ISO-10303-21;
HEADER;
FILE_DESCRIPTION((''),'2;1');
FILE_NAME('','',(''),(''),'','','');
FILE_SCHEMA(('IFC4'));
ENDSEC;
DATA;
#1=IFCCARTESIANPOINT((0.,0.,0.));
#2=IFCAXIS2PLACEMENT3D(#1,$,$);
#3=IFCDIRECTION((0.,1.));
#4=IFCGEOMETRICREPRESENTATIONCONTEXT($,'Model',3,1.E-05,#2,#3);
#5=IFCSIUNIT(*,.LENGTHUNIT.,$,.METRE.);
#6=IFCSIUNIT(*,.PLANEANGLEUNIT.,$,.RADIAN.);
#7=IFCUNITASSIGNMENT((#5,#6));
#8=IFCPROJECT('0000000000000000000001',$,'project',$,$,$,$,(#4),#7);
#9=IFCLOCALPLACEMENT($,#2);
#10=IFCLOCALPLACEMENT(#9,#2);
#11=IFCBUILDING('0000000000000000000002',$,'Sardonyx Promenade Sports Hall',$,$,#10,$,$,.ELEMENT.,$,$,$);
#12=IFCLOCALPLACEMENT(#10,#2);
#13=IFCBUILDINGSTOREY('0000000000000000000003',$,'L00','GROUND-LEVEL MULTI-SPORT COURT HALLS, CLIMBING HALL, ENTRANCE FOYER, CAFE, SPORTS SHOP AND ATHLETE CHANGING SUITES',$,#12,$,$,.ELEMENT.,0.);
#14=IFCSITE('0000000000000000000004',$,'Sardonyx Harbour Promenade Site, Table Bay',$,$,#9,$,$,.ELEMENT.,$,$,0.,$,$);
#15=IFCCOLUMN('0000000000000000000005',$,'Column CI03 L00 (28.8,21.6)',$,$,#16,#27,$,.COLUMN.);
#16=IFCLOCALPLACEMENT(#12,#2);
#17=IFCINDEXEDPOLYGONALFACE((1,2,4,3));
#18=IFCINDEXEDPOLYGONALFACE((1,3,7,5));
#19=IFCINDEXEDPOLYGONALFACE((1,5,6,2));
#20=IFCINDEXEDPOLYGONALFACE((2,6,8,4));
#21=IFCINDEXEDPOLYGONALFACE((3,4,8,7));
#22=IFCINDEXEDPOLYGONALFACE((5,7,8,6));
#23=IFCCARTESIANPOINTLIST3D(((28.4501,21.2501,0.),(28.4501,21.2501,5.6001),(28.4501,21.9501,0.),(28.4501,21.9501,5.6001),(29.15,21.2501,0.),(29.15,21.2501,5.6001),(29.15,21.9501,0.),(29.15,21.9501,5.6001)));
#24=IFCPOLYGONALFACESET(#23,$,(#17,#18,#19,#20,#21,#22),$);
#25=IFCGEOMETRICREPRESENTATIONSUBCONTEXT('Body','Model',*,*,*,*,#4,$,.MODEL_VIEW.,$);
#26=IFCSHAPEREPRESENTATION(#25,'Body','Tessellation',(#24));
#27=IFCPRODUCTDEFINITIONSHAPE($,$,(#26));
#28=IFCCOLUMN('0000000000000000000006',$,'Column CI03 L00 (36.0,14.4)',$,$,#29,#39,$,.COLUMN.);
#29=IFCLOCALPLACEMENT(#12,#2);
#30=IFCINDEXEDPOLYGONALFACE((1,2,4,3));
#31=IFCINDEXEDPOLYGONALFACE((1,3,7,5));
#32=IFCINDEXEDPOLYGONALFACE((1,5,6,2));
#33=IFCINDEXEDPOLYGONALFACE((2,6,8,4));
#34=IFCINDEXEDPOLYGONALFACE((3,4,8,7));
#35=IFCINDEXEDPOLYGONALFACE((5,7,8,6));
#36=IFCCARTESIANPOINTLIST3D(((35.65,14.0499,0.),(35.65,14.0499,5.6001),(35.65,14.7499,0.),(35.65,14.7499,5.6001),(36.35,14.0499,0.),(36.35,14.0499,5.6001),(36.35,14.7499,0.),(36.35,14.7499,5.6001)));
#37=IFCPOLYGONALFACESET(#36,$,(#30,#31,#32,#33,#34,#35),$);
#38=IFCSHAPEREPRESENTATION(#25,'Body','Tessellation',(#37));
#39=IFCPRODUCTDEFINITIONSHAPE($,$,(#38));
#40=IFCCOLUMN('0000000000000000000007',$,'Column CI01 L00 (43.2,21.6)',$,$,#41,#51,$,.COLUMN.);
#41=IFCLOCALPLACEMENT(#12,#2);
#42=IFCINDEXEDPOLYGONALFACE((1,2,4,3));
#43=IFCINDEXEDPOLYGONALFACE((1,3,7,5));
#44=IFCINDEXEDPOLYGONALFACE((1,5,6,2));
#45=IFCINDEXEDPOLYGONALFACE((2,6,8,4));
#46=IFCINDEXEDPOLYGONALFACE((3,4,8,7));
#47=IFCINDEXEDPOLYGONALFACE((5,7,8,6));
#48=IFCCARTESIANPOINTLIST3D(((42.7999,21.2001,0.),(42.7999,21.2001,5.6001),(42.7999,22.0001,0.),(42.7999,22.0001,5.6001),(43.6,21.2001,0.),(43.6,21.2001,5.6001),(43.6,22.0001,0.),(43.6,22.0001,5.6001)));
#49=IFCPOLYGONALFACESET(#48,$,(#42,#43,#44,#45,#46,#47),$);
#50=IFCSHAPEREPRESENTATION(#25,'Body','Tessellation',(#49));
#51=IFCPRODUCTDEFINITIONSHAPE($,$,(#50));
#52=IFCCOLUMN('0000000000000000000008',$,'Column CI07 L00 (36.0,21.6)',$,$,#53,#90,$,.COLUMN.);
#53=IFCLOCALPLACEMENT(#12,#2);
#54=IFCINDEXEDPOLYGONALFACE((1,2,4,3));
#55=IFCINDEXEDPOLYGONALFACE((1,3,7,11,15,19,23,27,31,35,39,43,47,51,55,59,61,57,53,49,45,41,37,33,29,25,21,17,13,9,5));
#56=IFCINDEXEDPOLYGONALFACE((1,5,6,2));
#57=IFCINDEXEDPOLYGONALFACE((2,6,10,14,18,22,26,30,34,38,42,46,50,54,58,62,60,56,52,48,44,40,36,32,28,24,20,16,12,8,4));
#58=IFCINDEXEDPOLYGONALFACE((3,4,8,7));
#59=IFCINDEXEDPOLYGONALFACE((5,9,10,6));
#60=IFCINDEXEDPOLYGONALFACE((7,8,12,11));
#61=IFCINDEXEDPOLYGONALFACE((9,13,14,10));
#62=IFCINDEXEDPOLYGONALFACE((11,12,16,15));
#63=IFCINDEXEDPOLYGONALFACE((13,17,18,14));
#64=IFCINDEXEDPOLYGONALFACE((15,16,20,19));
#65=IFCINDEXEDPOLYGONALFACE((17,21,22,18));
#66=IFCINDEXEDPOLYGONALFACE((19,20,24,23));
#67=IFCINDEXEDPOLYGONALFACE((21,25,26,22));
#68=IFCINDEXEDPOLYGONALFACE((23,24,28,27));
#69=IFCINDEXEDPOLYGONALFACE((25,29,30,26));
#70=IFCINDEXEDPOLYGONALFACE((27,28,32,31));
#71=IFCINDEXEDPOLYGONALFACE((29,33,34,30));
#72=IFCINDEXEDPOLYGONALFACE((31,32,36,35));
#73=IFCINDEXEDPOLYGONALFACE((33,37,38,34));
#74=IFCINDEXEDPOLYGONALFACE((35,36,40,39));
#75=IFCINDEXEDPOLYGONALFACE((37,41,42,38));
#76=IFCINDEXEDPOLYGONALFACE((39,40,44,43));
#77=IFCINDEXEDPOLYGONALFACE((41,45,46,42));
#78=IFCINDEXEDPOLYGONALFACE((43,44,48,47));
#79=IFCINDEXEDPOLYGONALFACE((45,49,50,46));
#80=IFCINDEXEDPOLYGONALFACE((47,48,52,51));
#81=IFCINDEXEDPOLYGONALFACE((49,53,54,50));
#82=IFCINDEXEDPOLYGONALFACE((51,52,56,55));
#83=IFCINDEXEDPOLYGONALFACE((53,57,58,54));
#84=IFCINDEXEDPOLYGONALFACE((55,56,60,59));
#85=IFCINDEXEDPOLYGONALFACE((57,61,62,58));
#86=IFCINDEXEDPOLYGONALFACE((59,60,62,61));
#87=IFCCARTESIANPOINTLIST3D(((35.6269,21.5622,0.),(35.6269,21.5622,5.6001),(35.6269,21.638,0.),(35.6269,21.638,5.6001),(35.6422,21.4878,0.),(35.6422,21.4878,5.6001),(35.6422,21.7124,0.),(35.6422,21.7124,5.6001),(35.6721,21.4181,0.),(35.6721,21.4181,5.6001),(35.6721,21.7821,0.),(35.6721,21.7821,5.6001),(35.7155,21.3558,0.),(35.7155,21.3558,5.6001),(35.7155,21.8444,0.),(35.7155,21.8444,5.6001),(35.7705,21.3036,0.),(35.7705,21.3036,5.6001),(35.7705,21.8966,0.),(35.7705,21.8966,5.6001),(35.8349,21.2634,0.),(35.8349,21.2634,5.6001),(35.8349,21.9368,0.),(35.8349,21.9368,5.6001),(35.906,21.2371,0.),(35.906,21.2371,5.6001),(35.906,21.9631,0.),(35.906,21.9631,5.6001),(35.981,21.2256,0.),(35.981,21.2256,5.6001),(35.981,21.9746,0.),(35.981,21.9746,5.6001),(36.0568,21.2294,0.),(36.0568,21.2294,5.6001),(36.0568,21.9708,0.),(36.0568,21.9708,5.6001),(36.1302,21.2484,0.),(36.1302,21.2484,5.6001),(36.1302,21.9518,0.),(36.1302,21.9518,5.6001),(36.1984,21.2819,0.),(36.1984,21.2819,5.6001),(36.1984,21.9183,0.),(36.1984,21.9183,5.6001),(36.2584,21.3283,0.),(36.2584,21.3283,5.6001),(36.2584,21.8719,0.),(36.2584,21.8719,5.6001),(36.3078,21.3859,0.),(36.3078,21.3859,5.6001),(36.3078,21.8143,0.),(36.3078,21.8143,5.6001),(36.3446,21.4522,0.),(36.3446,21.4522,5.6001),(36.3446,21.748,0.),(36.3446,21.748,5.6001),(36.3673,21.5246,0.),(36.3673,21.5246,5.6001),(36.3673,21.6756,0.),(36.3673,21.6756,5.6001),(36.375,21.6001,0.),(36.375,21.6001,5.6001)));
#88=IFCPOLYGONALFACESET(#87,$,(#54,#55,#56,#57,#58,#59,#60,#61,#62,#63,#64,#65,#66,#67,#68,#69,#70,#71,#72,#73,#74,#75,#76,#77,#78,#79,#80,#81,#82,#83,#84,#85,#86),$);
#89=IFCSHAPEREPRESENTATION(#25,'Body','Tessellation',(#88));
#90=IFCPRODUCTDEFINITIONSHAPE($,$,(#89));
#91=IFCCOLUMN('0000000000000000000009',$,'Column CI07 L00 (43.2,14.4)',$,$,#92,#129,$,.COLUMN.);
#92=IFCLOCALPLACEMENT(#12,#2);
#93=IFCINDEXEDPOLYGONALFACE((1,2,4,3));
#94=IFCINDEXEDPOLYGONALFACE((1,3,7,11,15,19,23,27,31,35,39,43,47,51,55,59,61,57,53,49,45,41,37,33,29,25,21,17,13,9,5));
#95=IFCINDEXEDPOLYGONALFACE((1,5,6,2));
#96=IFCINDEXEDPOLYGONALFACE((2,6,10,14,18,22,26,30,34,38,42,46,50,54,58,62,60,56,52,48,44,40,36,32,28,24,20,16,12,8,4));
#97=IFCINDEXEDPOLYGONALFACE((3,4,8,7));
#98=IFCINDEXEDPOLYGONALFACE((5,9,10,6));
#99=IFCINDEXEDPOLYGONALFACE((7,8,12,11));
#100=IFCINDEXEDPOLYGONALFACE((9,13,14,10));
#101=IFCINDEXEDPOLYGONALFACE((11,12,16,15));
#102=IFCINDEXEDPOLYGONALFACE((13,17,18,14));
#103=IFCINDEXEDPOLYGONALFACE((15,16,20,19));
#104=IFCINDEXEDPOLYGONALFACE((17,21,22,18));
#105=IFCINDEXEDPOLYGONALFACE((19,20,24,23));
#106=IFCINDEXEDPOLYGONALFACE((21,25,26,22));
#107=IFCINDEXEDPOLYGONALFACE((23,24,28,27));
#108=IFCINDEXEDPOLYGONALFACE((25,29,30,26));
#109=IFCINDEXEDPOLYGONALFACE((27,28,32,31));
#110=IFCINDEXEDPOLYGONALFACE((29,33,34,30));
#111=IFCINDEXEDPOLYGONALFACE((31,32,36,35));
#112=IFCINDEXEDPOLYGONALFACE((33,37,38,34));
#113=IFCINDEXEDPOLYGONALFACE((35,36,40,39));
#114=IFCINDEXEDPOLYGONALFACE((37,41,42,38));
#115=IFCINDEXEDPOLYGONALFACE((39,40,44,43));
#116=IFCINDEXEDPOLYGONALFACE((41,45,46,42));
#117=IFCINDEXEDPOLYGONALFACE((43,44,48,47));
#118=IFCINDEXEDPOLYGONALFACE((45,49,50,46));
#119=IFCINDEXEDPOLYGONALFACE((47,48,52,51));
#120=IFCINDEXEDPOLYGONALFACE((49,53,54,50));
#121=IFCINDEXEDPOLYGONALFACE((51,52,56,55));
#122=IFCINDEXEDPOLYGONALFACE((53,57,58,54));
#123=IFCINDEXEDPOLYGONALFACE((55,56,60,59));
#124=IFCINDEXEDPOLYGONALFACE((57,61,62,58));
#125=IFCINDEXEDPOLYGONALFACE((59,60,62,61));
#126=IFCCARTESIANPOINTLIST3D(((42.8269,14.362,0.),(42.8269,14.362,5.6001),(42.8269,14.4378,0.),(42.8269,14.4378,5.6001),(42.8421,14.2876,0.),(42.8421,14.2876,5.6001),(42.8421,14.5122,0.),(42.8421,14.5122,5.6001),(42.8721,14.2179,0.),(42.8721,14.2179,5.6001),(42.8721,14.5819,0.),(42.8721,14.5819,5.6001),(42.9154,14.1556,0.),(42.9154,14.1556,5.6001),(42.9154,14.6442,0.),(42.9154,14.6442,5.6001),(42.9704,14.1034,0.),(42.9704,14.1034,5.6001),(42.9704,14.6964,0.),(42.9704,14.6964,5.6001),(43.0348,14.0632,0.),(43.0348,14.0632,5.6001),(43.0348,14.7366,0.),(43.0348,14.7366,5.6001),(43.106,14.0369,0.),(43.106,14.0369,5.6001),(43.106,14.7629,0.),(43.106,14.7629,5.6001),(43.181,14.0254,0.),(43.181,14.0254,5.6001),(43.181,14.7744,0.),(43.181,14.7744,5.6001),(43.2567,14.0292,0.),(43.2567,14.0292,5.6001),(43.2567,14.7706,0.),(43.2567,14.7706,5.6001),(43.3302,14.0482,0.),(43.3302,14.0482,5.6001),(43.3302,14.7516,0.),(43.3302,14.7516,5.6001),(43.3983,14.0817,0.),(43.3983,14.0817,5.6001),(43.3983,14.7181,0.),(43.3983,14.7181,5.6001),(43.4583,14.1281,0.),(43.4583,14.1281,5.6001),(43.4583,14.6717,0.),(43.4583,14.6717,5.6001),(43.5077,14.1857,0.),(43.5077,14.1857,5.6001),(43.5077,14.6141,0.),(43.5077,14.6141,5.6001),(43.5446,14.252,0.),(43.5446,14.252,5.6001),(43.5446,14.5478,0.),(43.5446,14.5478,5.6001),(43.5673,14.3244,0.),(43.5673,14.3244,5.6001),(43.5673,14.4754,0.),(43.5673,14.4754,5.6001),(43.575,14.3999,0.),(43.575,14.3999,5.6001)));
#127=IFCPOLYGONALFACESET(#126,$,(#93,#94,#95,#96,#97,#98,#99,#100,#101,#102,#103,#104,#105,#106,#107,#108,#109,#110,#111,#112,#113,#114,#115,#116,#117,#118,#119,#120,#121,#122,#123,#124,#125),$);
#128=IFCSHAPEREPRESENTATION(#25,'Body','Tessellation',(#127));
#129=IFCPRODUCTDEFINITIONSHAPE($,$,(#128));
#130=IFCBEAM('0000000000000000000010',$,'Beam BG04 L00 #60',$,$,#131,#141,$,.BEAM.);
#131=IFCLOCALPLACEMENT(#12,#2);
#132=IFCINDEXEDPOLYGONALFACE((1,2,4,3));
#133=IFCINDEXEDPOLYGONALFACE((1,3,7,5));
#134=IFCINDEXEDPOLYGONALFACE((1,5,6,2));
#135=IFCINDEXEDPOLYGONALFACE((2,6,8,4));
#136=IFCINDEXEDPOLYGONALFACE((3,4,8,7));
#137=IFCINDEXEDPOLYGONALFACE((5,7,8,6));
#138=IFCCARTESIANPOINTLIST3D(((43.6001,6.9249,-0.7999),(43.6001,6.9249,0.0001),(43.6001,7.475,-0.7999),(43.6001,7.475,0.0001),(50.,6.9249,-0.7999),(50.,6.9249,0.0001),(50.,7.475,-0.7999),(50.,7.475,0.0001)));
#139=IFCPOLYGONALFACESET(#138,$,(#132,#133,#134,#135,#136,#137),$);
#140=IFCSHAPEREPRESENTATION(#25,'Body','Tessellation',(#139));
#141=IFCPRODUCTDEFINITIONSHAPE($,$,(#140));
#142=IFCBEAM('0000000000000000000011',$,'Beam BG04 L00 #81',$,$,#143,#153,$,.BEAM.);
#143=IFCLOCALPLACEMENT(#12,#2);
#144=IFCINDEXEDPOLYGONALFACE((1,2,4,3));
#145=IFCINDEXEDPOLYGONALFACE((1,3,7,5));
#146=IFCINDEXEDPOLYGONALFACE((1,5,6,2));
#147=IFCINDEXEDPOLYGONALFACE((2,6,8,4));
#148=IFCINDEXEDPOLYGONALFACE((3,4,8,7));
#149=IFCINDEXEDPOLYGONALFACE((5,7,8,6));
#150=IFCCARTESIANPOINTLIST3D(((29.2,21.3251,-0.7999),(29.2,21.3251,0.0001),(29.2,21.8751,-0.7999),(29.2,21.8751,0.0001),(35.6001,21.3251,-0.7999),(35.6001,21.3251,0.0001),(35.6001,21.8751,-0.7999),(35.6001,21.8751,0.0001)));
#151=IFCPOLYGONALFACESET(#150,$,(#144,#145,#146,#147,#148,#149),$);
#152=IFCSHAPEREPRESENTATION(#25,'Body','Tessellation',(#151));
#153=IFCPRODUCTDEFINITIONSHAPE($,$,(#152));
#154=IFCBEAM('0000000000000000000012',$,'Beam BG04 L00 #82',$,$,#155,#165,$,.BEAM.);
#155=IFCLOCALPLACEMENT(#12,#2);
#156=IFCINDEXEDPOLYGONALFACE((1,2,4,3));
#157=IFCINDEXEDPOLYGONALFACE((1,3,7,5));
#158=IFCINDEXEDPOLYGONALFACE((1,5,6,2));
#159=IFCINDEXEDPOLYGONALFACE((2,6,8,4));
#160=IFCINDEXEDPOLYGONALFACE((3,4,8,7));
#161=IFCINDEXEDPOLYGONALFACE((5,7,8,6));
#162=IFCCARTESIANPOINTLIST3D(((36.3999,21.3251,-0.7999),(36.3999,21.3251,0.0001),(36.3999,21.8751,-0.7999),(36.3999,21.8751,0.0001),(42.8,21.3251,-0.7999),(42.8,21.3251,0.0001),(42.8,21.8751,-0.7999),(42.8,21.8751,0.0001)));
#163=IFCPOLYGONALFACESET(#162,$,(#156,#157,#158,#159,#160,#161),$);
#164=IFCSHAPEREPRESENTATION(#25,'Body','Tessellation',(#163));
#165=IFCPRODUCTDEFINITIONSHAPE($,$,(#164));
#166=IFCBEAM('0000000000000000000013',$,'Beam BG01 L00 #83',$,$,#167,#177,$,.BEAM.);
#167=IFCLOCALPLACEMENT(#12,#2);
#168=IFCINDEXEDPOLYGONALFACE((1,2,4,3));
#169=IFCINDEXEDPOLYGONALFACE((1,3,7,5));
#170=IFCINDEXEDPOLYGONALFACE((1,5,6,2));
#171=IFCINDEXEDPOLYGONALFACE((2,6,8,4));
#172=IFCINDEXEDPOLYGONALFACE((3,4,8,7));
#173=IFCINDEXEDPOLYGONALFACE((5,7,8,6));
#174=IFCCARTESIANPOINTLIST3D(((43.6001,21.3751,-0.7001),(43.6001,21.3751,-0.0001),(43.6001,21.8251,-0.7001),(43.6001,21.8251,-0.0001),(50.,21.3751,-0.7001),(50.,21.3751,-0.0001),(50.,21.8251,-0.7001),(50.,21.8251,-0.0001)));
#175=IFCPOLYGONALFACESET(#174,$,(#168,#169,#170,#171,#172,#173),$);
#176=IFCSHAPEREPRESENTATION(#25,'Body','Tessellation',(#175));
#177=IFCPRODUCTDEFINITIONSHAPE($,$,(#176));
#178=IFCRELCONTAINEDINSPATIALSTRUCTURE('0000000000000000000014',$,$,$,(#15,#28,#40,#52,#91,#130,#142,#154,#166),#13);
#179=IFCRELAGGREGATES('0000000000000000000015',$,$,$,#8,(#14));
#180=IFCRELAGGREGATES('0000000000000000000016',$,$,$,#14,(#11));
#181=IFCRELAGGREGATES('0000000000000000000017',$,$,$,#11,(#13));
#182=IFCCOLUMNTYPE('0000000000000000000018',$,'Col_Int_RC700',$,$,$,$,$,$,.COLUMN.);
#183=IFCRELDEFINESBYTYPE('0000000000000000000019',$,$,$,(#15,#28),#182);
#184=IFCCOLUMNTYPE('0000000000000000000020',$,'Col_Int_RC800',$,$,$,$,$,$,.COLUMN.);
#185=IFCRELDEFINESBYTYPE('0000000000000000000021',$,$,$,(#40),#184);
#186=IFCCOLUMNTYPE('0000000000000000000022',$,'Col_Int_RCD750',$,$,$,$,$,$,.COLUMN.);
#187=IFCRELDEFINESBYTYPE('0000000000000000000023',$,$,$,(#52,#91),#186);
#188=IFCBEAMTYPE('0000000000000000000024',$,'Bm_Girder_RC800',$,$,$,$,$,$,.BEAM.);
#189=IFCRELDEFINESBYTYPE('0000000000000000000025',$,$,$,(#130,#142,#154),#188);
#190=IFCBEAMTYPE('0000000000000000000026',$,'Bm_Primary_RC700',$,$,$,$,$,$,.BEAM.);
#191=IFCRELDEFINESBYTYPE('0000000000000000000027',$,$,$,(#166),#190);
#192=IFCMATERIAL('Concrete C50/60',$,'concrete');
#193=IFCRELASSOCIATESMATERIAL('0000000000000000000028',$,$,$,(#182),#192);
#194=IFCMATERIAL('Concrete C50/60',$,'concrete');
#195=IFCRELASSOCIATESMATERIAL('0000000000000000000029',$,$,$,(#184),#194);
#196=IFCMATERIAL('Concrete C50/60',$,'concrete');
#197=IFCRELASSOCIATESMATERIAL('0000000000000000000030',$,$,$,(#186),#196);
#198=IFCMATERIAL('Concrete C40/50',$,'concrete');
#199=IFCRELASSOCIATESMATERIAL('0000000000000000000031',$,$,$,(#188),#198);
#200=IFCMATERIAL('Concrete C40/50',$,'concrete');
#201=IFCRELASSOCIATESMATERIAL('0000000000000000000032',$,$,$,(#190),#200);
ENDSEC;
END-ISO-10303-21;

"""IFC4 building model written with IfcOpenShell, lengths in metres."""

from ifc_helpers import new_model, si_unit, direction, frame, origin, origin_2d, place, context, subcontext, project, spatial, rectangle, circle, extrude, material, material_profile, profile_set, type_object, element, save


model = new_model("IFC4")

# Units and contexts
model_context = context("Model", 3, precision=1e-05, world=origin(), true_north=direction((0.0, 1.0)))
body_context = subcontext(model_context, "Body", "Model", "MODEL_VIEW")
ifc_project = project(units=[si_unit("LENGTHUNIT", "METRE"), si_unit("PLANEANGLEUNIT", "RADIAN")], contexts=[model_context])

# Site, building, storey
site_placement = place(None, origin())
site = spatial("IfcSite", under=ifc_project, at=site_placement, Name="Sardonyx Harbour Promenade Site, Table Bay", CompositionType="ELEMENT", RefElevation=0.0)
building_placement = place(site_placement, origin())
building = spatial("IfcBuilding", under=site, at=building_placement, Name="Sardonyx Promenade Sports Hall", CompositionType="ELEMENT")
storey_placement = place(building_placement, origin())
storey = spatial("IfcBuildingStorey", under=building, at=storey_placement, Name="L00", Description="GROUND-LEVEL MULTI-SPORT COURT HALLS, CLIMBING HALL, ENTRANCE FOYER, CAFE, SPORTS SHOP AND ATHLETE CHANGING SUITES", CompositionType="ELEMENT", Elevation=0.0)

# Columns
ifc_material_1 = material(Name="Concrete C50/60", Category="concrete")
ifc_material_profile_1 = material_profile(ifc_material_1, rectangle(XDim=0.7, YDim=0.7, at=origin_2d()))
ifc_profile_set_1 = profile_set([ifc_material_profile_1], Name="Concrete C50/60")
column_type_1 = type_object("IfcColumnType", Name="Col_Int_RC700", PredefinedType="COLUMN", material=ifc_profile_set_1)
for number, where, z_axis, x_axis, name in (
    (1, (28.8, 21.6001, 0.0), (0.0, 0.0, 1.0), (1.0, 0.0, 0.0), "Column CI03 L00 (28.8,21.6)"),
    (2, (36.0, 14.3999, 0.0), (0.0, 0.0, 1.0), (1.0, 0.0, 0.0), "Column CI03 L00 (36.0,14.4)"),
):
    element("IfcColumn", number, at=place(storey_placement, frame(where, z_axis=z_axis, x_axis=x_axis)), inside=storey, type_object=column_type_1, Name=name, PredefinedType="COLUMN", context=body_context, shape_type="SweptSolid", body=[
        extrude(rectangle(XDim=0.7, YDim=0.7, at=origin_2d()), origin(), (0.0, 0.0, 1.0), 5.6001),
    ])
ifc_material_2 = material(Name="Concrete C50/60", Category="concrete")
ifc_material_profile_2 = material_profile(ifc_material_2, rectangle(XDim=0.8, YDim=0.8, at=origin_2d()))
ifc_profile_set_2 = profile_set([ifc_material_profile_2], Name="Concrete C50/60")
column_type_2 = type_object("IfcColumnType", Name="Col_Int_RC800", PredefinedType="COLUMN", material=ifc_profile_set_2)
column_placement = place(storey_placement, frame((43.2, 21.6001, 0.0), z_axis=(0.0, 0.0, 1.0), x_axis=(1.0, 0.0, 0.0)))
element("IfcColumn", 3, at=column_placement, inside=storey, type_object=column_type_2, Name="Column CI01 L00 (43.2,21.6)", PredefinedType="COLUMN", context=body_context, shape_type="SweptSolid", body=[
    extrude(rectangle(XDim=0.8, YDim=0.8, at=origin_2d()), origin(), (0.0, 0.0, 1.0), 5.6001),
])
ifc_material_3 = material(Name="Concrete C50/60", Category="concrete")
ifc_material_profile_3 = material_profile(ifc_material_3, circle(Radius=0.375, at=origin_2d()))
ifc_profile_set_3 = profile_set([ifc_material_profile_3], Name="Concrete C50/60")
column_type_3 = type_object("IfcColumnType", Name="Col_Int_RCD750", PredefinedType="COLUMN", material=ifc_profile_set_3)
for number, where, z_axis, x_axis, name in (
    (4, (36.0, 21.6001, 0.0), (0.0, 0.0, 1.0), (1.0, 0.0, 0.0), "Column CI07 L00 (36.0,21.6)"),
    (5, (43.2, 14.3999, 0.0), (0.0, 0.0, 1.0), (1.0, 0.0, 0.0), "Column CI07 L00 (43.2,14.4)"),
):
    element("IfcColumn", number, at=place(storey_placement, frame(where, z_axis=z_axis, x_axis=x_axis)), inside=storey, type_object=column_type_3, Name=name, PredefinedType="COLUMN", context=body_context, shape_type="SweptSolid", body=[
        extrude(circle(Radius=0.375, at=origin_2d()), origin(), (0.0, 0.0, 1.0), 5.6001),
    ])

# Beams
ifc_material_4 = material(Name="Concrete C40/50", Category="concrete")
ifc_material_profile_4 = material_profile(ifc_material_4, rectangle(XDim=0.55, YDim=0.8, at=origin_2d()))
ifc_profile_set_4 = profile_set([ifc_material_profile_4], Name="Concrete C40/50")
beam_type_1 = type_object("IfcBeamType", Name="Bm_Girder_RC800", PredefinedType="BEAM", material=ifc_profile_set_4)
beam_1_placement = place(storey_placement, frame((43.6001, 7.2, -0.3999), z_axis=(1.0, 0.0, 0.0), x_axis=(0.0, 1.0, 0.0)))
element("IfcBeam", 6, at=beam_1_placement, inside=storey, type_object=beam_type_1, Name="Beam BG04 L00 #60", PredefinedType="BEAM", context=body_context, shape_type="SweptSolid", body=[
    extrude(rectangle(XDim=0.55, YDim=0.8, at=origin_2d()), origin(), (0.0, 0.0, 1.0), 6.3999),
])
for number, where, z_axis, x_axis, name in (
    (7, (29.2, 21.6001, -0.3999), (1.0, 0.0, 0.0), (0.0, 1.0, 0.0), "Beam BG04 L00 #81"),
    (8, (36.3999, 21.6001, -0.3999), (1.0, 0.0, 0.0), (0.0, 1.0, 0.0), "Beam BG04 L00 #82"),
):
    element("IfcBeam", number, at=place(storey_placement, frame(where, z_axis=z_axis, x_axis=x_axis)), inside=storey, type_object=beam_type_1, Name=name, PredefinedType="BEAM", context=body_context, shape_type="SweptSolid", body=[
        extrude(rectangle(XDim=0.55, YDim=0.8, at=origin_2d()), origin(), (0.0, 0.0, 1.0), 6.4001),
    ])
ifc_material_5 = material(Name="Concrete C40/50", Category="concrete")
ifc_material_profile_5 = material_profile(ifc_material_5, rectangle(XDim=0.45, YDim=0.7, at=origin_2d()))
ifc_profile_set_5 = profile_set([ifc_material_profile_5], Name="Concrete C40/50")
beam_type_2 = type_object("IfcBeamType", Name="Bm_Primary_RC700", PredefinedType="BEAM", material=ifc_profile_set_5)
beam_2_placement = place(storey_placement, frame((43.6001, 21.6001, -0.3501), z_axis=(1.0, 0.0, 0.0), x_axis=(0.0, 1.0, 0.0)))
element("IfcBeam", 9, at=beam_2_placement, inside=storey, type_object=beam_type_2, Name="Beam BG01 L00 #83", PredefinedType="BEAM", context=body_context, shape_type="SweptSolid", body=[
    extrude(rectangle(XDim=0.45, YDim=0.7, at=origin_2d()), origin(), (0.0, 0.0, 1.0), 6.3999),
])

save(model, "model.ifc")
